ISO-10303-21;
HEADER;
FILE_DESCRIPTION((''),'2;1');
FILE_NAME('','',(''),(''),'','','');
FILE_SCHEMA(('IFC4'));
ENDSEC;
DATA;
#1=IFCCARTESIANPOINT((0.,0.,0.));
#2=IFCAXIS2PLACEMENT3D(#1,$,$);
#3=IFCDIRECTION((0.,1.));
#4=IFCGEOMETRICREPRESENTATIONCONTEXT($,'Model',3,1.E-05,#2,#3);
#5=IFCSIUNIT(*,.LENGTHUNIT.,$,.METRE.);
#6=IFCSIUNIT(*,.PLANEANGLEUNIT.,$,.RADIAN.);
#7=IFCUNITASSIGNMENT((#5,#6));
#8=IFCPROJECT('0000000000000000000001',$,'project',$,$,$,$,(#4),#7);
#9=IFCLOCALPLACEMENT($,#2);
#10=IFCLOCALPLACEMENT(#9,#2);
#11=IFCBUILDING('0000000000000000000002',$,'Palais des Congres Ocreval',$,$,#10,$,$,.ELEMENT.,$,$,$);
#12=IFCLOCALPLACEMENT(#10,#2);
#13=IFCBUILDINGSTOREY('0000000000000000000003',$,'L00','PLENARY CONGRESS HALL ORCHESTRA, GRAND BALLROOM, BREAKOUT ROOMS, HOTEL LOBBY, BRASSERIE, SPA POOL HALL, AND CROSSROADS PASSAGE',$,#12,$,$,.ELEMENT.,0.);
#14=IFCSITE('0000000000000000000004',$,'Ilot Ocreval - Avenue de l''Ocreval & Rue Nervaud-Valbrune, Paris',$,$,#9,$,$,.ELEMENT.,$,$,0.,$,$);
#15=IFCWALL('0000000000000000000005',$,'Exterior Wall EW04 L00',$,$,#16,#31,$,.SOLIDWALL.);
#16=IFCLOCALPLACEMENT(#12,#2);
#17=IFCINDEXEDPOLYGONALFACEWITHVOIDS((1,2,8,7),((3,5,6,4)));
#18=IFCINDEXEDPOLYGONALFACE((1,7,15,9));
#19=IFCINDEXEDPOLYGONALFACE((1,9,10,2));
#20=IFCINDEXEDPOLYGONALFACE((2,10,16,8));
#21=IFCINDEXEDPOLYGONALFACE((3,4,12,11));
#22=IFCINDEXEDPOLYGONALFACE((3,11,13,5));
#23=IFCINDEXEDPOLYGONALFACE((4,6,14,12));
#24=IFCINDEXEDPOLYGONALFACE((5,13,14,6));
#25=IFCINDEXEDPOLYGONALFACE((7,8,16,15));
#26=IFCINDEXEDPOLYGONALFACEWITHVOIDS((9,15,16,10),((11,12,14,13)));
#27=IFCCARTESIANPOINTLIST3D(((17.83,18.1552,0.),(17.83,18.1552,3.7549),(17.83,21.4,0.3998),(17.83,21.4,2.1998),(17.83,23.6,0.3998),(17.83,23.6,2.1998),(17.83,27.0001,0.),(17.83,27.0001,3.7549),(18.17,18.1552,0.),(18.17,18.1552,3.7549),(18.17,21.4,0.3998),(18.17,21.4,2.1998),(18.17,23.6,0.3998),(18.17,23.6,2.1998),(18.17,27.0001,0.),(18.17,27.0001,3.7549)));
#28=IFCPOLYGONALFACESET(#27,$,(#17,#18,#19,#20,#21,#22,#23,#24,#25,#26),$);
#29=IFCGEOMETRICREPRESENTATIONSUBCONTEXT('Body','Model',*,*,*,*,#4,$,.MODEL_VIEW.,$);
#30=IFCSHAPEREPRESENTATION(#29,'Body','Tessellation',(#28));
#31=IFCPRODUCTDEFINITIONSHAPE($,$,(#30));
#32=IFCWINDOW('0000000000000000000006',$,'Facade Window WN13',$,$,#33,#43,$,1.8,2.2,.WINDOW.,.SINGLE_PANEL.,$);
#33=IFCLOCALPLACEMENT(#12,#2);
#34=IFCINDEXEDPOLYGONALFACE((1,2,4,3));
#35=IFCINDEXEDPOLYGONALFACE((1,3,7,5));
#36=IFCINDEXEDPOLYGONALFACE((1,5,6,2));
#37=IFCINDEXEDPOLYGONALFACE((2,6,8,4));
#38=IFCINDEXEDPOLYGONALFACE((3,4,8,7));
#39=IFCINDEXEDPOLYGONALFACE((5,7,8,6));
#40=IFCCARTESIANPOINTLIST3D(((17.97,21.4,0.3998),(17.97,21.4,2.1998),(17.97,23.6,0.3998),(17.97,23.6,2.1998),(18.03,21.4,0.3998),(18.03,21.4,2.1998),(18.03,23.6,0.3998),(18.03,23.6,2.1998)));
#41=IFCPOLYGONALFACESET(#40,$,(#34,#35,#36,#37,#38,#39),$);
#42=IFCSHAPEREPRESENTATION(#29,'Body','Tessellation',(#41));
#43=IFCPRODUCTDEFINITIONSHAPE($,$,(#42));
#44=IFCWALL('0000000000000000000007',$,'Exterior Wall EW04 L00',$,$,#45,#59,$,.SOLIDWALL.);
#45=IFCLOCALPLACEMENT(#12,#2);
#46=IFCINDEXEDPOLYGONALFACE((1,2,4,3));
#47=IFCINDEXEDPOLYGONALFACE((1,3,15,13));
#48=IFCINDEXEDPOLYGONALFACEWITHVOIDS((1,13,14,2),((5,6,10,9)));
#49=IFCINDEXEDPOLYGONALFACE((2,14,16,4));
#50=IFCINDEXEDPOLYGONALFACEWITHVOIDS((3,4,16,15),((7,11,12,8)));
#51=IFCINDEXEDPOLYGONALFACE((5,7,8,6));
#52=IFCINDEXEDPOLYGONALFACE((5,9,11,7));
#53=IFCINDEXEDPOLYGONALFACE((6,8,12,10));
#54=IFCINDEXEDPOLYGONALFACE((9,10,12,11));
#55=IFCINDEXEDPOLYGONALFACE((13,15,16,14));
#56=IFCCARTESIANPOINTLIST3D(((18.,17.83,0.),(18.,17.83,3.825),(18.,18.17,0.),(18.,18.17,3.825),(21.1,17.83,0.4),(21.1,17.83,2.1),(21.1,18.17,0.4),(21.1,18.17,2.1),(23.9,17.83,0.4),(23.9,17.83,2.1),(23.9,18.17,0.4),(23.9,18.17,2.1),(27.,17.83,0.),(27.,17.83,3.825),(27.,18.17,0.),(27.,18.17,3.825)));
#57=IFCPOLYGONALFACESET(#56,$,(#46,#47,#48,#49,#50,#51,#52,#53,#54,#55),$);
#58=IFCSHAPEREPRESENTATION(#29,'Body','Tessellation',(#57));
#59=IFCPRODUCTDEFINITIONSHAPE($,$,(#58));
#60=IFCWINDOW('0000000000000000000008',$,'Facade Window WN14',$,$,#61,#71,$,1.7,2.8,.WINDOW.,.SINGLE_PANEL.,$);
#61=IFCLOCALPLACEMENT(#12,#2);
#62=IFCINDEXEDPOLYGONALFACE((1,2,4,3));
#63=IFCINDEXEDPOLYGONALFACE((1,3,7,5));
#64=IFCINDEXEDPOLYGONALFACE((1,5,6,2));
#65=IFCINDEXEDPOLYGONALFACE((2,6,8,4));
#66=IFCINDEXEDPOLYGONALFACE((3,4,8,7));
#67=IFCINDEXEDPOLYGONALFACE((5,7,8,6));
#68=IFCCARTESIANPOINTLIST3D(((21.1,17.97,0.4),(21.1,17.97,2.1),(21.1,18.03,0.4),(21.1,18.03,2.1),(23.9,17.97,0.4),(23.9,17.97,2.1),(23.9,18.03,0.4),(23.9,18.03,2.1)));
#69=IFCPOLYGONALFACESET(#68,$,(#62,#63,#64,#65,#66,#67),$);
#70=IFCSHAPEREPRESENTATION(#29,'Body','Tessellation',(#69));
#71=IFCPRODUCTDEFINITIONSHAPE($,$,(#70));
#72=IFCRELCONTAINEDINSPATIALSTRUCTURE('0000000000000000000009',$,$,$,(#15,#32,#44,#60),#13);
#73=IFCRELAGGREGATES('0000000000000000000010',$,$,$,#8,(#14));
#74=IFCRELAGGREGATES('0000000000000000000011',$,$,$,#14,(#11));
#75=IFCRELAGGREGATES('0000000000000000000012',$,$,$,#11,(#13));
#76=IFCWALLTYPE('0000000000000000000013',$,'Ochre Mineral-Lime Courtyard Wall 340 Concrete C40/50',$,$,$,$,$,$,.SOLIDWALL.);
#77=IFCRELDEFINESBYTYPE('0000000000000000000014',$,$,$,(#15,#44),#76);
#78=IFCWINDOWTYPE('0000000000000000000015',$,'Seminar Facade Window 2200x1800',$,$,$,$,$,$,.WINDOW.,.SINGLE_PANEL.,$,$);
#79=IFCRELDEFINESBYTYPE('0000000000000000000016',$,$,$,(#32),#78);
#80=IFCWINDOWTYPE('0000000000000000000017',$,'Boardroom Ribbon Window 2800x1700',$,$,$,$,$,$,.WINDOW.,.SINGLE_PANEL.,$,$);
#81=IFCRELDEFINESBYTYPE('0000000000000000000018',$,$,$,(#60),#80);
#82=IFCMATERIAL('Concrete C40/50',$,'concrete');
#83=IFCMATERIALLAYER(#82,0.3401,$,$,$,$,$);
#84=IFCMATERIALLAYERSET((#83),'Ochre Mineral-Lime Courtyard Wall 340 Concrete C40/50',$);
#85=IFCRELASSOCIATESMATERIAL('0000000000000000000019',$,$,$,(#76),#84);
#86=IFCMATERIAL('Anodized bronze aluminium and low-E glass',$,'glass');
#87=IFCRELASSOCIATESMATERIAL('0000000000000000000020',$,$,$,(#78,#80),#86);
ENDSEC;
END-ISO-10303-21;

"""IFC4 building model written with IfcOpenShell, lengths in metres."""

from ifc_helpers import new_model, si_unit, direction, frame, frame_2d, origin, place, context, subcontext, project, spatial, rectangle, extrude, material, layer, layer_set, type_object, element, fill, save


model = new_model("IFC4")

# Units and contexts
model_context = context("Model", 3, precision=1e-05, world=origin(), true_north=direction((0.0, 1.0)))
body_context = subcontext(model_context, "Body", "Model", "MODEL_VIEW")
ifc_project = project(units=[si_unit("LENGTHUNIT", "METRE"), si_unit("PLANEANGLEUNIT", "RADIAN")], contexts=[model_context])

# Site, building, storey
site_placement = place(None, origin())
site = spatial("IfcSite", under=ifc_project, at=site_placement, Name="Ilot Ocreval - Avenue de l'Ocreval & Rue Nervaud-Valbrune, Paris", CompositionType="ELEMENT", RefElevation=0.0)
building_placement = place(site_placement, origin())
building = spatial("IfcBuilding", under=site, at=building_placement, Name="Palais des Congres Ocreval", CompositionType="ELEMENT")
storey_placement = place(building_placement, origin())
storey = spatial("IfcBuildingStorey", under=building, at=storey_placement, Name="L00", Description="PLENARY CONGRESS HALL ORCHESTRA, GRAND BALLROOM, BREAKOUT ROOMS, HOTEL LOBBY, BRASSERIE, SPA POOL HALL, AND CROSSROADS PASSAGE", CompositionType="ELEMENT", Elevation=0.0)

# Shared definitions
ifc_material_1 = material(Name="Concrete C40/50", Category="concrete")

# Walls, openings, windows
ifc_layer_1 = layer(ifc_material_1, 0.3401)
ifc_layer_set_1 = layer_set([ifc_layer_1], Name="Ochre Mineral-Lime Courtyard Wall 340 Concrete C40/50")
wall_type_1 = type_object("IfcWallType", Name="Ochre Mineral-Lime Courtyard Wall 340 Concrete C40/50", PredefinedType="SOLIDWALL", material=ifc_layer_set_1)
wall_1_placement = place(storey_placement, frame((18.0, 27.0, 0.0), z_axis=(0.0, 0.0, 1.0), x_axis=(0.0, -1.0, 0.0)))
wall_1 = element("IfcWall", 1, at=wall_1_placement, inside=storey, type_object=wall_type_1, Name="Exterior Wall EW04 L00", PredefinedType="SOLIDWALL", context=body_context, shape_type="SweptSolid", body=[
    extrude(rectangle(XDim=8.845, YDim=0.3401, at=frame_2d((4.4224, 0.0))), origin(), (0.0, 0.0, 1.0), 3.7549),
])
opening_1_placement = place(wall_1_placement, frame((3.3999, 0.0, 0.3999)))
opening_1 = element("IfcOpeningElement", 2, at=opening_1_placement, cuts=wall_1, PredefinedType="OPENING", context=body_context, shape_type="SweptSolid", body=[
    extrude(rectangle(XDim=2.2, YDim=1.8, at=frame_2d((1.1001, 0.8999))), frame((0.0, 0.1799, 0.0), z_axis=(0.0, -1.0, 0.0), x_axis=(1.0, 0.0, 0.0)), (0.0, 0.0, 1.0), 0.3601),
])
ifc_material_2 = material(Name="Anodized bronze aluminium and low-E glass", Category="glass")
window_type_1 = type_object("IfcWindowType", Name="Seminar Facade Window 2200x1800", PartitioningType="SINGLE_PANEL", PredefinedType="WINDOW", material=ifc_material_2)
window_1_placement = place(opening_1_placement, origin())
window_1 = element("IfcWindow", 3, at=window_1_placement, inside=storey, type_object=window_type_1, Name="Facade Window WN13", OverallHeight=1.8, OverallWidth=2.2, PartitioningType="SINGLE_PANEL", PredefinedType="WINDOW", context=body_context, shape_type="SweptSolid", body=[
    extrude(rectangle(XDim=2.2, YDim=1.8, at=frame_2d((1.1001, 0.8999))), frame((0.0, 0.03, 0.0), z_axis=(0.0, -1.0, 0.0), x_axis=(1.0, 0.0, 0.0)), (0.0, 0.0, 1.0), 0.0601),
])
fill(opening_1, window_1)
wall_2_placement = place(storey_placement, frame((18.0, 18.0, 0.0), z_axis=(0.0, 0.0, 1.0), x_axis=(1.0, 0.0, 0.0)))
wall_2 = element("IfcWall", 4, at=wall_2_placement, inside=storey, type_object=wall_type_1, Name="Exterior Wall EW04 L00", PredefinedType="SOLIDWALL", context=body_context, shape_type="SweptSolid", body=[
    extrude(rectangle(XDim=9.0, YDim=0.3401, at=frame_2d((4.5, 0.0))), origin(), (0.0, 0.0, 1.0), 3.825),
])
opening_2_placement = place(wall_2_placement, frame((3.1001, 0.0, 0.3999)))
opening_2 = element("IfcOpeningElement", 5, at=opening_2_placement, cuts=wall_2, PredefinedType="OPENING", context=body_context, shape_type="SweptSolid", body=[
    extrude(rectangle(XDim=2.8, YDim=1.7, at=frame_2d((1.3999, 0.8501))), frame((0.0, 0.1799, 0.0), z_axis=(0.0, -1.0, 0.0), x_axis=(1.0, 0.0, 0.0)), (0.0, 0.0, 1.0), 0.3601),
])
window_type_2 = type_object("IfcWindowType", Name="Boardroom Ribbon Window 2800x1700", PartitioningType="SINGLE_PANEL", PredefinedType="WINDOW", material=ifc_material_2)
window_2_placement = place(opening_2_placement, origin())
window_2 = element("IfcWindow", 6, at=window_2_placement, inside=storey, type_object=window_type_2, Name="Facade Window WN14", OverallHeight=1.7, OverallWidth=2.8, PartitioningType="SINGLE_PANEL", PredefinedType="WINDOW", context=body_context, shape_type="SweptSolid", body=[
    extrude(rectangle(XDim=2.8, YDim=1.7, at=frame_2d((1.3999, 0.8501))), frame((0.0, 0.03, 0.0), z_axis=(0.0, -1.0, 0.0), x_axis=(1.0, 0.0, 0.0)), (0.0, 0.0, 1.0), 0.0601),
])
fill(opening_2, window_2)

save(model, "model.ifc")
